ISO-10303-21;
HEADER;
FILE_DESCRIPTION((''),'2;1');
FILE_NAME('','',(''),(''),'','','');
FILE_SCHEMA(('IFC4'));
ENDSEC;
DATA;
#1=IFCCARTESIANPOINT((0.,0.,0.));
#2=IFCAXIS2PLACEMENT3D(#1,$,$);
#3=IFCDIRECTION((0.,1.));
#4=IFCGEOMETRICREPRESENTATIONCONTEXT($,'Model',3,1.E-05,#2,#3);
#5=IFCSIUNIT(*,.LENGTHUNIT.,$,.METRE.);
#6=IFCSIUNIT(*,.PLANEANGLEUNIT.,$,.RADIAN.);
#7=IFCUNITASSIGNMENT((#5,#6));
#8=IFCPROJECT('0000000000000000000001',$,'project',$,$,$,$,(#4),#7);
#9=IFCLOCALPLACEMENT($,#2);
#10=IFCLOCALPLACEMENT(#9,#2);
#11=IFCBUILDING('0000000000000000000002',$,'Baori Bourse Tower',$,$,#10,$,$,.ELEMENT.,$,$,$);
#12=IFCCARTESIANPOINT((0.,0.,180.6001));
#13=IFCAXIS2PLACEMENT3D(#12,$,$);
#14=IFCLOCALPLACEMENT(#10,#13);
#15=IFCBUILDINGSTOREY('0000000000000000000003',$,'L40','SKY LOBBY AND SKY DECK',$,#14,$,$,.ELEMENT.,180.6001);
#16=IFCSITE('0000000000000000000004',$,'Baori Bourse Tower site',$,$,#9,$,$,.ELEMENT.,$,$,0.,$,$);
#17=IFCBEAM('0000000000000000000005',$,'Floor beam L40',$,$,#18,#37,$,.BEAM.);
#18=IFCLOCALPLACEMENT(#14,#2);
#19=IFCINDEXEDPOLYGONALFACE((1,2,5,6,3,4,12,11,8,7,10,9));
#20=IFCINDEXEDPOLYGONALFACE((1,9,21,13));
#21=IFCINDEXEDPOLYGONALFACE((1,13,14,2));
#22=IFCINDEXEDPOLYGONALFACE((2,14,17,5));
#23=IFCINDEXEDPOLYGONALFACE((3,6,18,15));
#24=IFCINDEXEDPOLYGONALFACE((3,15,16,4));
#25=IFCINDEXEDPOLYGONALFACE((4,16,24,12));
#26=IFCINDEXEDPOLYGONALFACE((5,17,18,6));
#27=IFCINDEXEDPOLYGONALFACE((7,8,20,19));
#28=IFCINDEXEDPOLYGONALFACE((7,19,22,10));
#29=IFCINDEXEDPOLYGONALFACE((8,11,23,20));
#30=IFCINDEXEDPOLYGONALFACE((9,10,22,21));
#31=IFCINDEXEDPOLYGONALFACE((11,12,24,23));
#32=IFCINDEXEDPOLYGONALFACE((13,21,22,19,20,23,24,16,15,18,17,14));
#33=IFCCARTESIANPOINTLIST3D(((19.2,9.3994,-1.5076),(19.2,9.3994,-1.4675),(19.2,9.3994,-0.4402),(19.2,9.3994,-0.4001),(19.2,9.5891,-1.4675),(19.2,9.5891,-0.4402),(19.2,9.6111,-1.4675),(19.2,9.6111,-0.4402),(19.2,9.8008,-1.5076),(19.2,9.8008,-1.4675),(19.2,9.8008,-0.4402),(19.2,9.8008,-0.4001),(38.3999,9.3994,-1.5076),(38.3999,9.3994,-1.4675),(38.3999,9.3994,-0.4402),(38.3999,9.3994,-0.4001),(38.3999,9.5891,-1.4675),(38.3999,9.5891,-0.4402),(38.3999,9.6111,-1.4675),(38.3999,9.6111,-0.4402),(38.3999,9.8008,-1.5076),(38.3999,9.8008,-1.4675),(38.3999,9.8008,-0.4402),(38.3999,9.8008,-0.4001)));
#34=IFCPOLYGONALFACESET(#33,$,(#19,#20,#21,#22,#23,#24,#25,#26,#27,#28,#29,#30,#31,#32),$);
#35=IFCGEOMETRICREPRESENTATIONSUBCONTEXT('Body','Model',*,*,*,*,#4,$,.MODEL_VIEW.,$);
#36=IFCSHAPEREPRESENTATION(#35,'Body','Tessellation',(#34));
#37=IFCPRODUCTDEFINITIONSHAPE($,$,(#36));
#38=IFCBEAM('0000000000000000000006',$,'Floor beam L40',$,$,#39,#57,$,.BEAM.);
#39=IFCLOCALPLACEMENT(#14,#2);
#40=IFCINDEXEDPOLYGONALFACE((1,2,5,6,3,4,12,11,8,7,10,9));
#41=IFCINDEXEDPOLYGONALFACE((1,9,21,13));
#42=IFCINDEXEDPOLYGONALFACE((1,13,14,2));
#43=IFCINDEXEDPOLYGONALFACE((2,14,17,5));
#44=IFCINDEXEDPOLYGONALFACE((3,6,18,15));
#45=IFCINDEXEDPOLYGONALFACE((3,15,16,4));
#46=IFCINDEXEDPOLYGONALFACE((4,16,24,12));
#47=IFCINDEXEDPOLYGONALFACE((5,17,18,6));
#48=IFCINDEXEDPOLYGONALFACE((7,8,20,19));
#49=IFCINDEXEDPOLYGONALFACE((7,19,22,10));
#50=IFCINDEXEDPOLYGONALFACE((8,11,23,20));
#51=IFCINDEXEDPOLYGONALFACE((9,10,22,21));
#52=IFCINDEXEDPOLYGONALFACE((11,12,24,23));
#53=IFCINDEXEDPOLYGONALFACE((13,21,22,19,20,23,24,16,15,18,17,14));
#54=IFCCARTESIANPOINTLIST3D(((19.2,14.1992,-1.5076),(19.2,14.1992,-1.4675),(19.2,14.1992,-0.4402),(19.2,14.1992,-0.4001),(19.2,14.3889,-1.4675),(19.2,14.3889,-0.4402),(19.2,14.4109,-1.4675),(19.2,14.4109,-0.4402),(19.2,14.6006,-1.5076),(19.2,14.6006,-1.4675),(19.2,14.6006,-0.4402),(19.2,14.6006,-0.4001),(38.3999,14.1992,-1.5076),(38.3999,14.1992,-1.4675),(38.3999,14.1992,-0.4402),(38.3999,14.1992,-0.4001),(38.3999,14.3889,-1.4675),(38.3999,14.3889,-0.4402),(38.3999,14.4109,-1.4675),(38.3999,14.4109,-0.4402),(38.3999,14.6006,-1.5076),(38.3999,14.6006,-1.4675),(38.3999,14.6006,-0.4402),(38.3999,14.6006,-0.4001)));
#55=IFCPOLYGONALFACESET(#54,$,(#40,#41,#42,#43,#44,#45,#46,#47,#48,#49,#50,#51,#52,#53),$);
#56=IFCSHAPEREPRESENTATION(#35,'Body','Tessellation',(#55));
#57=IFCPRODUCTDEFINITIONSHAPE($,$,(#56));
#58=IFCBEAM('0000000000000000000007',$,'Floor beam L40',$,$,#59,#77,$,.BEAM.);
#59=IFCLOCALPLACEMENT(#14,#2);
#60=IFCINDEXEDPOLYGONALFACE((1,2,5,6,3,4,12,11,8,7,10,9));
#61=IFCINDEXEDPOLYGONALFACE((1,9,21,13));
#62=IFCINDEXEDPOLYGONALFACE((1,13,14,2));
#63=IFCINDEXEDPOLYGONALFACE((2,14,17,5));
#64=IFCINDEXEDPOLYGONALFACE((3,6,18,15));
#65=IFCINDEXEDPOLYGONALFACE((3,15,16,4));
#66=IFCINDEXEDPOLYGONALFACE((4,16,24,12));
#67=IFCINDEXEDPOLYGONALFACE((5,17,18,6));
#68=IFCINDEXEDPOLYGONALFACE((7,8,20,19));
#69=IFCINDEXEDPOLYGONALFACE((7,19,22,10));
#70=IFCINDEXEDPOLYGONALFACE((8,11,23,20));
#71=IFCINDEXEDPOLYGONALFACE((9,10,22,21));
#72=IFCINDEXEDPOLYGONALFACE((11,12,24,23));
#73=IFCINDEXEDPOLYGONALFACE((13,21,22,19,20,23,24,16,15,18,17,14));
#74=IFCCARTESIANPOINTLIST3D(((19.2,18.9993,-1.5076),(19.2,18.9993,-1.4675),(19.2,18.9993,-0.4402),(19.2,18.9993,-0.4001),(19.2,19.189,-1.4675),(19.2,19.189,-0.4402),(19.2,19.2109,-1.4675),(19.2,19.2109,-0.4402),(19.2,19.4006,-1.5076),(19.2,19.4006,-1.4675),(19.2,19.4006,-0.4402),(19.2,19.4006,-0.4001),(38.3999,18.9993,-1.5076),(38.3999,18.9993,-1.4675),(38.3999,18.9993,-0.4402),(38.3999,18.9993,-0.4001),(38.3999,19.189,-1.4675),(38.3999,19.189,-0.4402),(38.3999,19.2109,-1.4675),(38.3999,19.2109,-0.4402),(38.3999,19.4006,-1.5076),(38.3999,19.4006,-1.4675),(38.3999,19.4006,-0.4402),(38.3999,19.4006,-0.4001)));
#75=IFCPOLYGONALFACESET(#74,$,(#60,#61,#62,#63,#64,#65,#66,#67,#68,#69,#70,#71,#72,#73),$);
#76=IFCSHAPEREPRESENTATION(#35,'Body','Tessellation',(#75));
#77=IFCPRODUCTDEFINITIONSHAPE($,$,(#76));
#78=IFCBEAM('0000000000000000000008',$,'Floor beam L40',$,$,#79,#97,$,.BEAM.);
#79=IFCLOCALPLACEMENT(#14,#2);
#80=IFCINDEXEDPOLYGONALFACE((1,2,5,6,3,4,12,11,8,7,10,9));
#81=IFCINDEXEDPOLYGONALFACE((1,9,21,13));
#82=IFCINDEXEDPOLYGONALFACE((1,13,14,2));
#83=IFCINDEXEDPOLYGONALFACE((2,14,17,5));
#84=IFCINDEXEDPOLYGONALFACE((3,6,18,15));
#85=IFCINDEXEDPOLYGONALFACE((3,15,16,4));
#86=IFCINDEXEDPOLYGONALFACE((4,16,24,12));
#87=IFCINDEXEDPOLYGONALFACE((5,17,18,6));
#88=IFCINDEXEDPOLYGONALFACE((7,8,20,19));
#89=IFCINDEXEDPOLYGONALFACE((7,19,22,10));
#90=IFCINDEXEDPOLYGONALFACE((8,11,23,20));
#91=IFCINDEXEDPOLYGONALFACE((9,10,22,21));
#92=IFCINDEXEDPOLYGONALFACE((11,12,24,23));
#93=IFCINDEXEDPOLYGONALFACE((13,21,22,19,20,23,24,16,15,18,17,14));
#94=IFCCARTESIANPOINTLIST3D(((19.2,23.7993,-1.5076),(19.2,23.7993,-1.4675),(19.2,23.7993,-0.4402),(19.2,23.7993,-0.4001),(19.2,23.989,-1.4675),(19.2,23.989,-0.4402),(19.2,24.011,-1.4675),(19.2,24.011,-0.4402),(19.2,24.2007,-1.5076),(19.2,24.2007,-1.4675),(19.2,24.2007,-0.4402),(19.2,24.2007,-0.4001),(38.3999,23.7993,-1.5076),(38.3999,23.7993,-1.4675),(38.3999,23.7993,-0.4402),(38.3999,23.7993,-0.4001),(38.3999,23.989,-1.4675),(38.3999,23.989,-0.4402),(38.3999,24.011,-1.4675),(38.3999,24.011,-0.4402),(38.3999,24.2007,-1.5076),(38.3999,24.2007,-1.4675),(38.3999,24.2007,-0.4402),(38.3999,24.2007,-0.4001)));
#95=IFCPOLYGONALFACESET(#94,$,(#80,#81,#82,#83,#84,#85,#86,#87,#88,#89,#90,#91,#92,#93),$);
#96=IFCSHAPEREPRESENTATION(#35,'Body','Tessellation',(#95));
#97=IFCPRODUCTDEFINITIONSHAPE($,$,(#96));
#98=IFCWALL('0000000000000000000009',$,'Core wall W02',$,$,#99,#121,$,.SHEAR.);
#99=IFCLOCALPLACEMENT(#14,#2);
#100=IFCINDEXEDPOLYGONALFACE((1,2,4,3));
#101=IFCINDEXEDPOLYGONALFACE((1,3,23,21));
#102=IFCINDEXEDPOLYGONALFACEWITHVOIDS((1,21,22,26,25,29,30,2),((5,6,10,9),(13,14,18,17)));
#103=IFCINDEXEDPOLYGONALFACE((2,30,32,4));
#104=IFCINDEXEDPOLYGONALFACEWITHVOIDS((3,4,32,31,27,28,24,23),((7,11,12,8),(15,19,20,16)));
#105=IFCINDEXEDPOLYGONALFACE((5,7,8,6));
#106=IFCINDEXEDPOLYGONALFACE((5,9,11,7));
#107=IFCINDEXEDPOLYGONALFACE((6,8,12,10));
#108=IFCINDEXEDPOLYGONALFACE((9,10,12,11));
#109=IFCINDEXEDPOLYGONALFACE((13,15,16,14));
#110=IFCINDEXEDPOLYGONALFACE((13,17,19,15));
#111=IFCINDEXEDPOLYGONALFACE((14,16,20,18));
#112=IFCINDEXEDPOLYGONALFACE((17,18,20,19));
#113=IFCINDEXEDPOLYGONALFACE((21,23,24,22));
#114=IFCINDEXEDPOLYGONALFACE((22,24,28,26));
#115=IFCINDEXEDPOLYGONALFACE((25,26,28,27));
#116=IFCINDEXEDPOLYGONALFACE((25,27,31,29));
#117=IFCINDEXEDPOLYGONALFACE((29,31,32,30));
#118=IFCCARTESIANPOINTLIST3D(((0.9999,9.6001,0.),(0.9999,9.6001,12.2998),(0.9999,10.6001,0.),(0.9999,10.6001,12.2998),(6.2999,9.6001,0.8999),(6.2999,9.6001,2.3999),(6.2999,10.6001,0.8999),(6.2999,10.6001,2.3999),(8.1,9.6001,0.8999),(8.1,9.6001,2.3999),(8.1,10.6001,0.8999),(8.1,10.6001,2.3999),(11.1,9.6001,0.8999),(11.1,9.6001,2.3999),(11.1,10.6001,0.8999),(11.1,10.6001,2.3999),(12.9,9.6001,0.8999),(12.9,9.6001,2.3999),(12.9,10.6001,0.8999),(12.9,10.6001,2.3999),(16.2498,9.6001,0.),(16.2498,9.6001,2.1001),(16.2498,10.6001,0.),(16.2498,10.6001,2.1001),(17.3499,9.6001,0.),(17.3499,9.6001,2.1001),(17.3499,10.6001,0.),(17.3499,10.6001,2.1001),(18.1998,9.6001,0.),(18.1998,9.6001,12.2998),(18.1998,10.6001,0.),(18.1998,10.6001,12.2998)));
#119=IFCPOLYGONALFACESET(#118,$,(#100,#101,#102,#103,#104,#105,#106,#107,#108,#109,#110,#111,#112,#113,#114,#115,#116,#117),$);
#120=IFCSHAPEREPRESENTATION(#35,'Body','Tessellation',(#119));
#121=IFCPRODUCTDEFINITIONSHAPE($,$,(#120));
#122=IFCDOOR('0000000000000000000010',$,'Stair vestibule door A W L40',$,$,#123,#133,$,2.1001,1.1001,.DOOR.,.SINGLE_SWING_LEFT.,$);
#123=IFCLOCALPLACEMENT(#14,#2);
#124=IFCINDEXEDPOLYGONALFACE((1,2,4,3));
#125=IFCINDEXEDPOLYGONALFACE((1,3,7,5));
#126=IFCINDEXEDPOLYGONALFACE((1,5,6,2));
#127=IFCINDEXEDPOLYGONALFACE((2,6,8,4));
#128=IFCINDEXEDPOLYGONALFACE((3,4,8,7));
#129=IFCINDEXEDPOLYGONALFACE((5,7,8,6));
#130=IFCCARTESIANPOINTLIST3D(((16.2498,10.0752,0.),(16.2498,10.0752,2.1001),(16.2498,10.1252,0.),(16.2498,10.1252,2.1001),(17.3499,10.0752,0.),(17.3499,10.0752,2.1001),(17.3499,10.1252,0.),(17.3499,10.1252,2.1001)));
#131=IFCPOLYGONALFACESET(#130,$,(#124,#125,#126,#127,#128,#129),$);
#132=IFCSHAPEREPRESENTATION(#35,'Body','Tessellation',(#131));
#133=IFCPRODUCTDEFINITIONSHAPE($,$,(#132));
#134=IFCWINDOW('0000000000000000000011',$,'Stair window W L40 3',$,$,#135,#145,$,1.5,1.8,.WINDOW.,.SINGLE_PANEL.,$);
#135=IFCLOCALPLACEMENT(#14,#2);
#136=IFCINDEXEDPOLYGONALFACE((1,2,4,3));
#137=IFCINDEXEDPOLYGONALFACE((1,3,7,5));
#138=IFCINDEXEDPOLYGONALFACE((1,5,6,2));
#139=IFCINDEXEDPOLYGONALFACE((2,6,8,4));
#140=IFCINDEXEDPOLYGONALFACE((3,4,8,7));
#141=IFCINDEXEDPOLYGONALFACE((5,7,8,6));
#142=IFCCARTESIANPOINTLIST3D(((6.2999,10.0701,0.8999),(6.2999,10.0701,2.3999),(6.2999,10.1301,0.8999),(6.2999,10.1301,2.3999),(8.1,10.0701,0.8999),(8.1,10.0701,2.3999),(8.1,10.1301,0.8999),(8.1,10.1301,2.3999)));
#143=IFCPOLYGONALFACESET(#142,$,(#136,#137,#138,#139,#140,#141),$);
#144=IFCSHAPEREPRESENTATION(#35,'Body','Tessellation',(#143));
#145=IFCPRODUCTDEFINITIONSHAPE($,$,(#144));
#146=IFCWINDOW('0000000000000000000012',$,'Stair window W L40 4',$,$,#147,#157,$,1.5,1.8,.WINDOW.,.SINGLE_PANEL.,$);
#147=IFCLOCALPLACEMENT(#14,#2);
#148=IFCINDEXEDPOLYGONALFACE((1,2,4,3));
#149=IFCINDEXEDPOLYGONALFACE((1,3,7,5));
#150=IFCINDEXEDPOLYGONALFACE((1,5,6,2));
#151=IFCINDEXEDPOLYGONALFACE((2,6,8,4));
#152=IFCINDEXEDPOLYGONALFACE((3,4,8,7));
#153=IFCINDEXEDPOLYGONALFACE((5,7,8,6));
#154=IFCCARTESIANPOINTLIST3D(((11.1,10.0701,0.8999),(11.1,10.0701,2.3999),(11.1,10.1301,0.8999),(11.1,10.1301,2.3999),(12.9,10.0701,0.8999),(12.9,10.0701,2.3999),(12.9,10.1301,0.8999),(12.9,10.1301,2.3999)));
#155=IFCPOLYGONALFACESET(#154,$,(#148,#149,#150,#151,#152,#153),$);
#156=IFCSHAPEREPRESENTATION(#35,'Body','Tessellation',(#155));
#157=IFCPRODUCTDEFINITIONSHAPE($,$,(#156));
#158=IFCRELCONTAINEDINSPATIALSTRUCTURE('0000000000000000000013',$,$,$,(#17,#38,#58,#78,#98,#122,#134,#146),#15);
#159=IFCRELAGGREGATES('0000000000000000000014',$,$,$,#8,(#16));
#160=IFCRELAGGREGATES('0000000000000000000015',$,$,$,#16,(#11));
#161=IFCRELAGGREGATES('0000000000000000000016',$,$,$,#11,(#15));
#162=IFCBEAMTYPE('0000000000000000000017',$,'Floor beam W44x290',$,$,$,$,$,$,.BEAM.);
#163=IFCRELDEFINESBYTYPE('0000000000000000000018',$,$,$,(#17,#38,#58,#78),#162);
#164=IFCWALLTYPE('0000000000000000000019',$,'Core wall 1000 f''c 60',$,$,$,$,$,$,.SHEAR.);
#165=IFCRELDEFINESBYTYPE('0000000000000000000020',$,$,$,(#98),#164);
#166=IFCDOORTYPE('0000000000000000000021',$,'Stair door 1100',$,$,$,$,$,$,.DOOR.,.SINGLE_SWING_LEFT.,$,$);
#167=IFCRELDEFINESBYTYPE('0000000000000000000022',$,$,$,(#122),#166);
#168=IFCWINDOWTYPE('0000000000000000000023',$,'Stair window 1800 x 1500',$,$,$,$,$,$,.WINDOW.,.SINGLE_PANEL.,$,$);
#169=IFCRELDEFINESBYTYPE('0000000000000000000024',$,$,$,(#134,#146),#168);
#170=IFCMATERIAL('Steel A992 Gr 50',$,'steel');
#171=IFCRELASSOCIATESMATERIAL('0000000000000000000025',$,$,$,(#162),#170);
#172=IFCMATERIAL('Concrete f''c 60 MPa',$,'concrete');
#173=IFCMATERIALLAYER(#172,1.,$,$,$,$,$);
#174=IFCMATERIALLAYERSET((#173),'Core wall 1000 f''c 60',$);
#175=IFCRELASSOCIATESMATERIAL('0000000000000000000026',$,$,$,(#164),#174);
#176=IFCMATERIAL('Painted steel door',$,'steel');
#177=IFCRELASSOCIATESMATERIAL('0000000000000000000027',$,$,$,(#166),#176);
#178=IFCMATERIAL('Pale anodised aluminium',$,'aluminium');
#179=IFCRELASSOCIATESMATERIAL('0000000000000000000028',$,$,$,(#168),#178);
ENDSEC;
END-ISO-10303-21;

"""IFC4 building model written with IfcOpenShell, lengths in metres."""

from ifc_helpers import new_model, si_unit, direction, frame, frame_2d, origin, origin_2d, place, context, subcontext, project, spatial, rectangle, i_section, extrude, material, layer, layer_set, material_profile, profile_set, type_object, element, fill, save


model = new_model("IFC4")

# Units and contexts
model_context = context("Model", 3, precision=1e-05, world=origin(), true_north=direction((0.0, 1.0)))
body_context = subcontext(model_context, "Body", "Model", "MODEL_VIEW")
ifc_project = project(units=[si_unit("LENGTHUNIT", "METRE"), si_unit("PLANEANGLEUNIT", "RADIAN")], contexts=[model_context])

# Site, building, storey
site_placement = place(None, origin())
site = spatial("IfcSite", under=ifc_project, at=site_placement, Name="Baori Bourse Tower site", CompositionType="ELEMENT", RefElevation=0.0)
building_placement = place(site_placement, origin())
building = spatial("IfcBuilding", under=site, at=building_placement, Name="Baori Bourse Tower", CompositionType="ELEMENT")
storey_placement = place(building_placement, frame((0.0, 0.0, 180.6001)))
storey = spatial("IfcBuildingStorey", under=building, at=storey_placement, Name="L40", Description="SKY LOBBY AND SKY DECK", CompositionType="ELEMENT", Elevation=180.6001)

# Beams
ifc_material_1 = material(Name="Steel A992 Gr 50", Category="steel")
ifc_material_profile = material_profile(ifc_material_1, i_section(OverallWidth=0.4014, OverallDepth=1.1074, WebThickness=0.022, FlangeThickness=0.04, at=origin_2d()), Name="W44x290")
ifc_profile_set = profile_set([ifc_material_profile], Name="Steel A992 Gr 50")
beam_type = type_object("IfcBeamType", Name="Floor beam W44x290", PredefinedType="BEAM", material=ifc_profile_set)
for number, where, z_axis, x_axis, name in (
    (1, (19.2, 9.6001, -0.9539), (1.0, 0.0, 0.0), (0.0, 1.0, 0.0), "Floor beam L40"),
    (2, (19.2, 14.3999, -0.9539), (1.0, 0.0, 0.0), (0.0, 1.0, 0.0), "Floor beam L40"),
    (3, (19.2, 19.2, -0.9539), (1.0, 0.0, 0.0), (0.0, 1.0, 0.0), "Floor beam L40"),
    (4, (19.2, 24.0, -0.9539), (1.0, 0.0, 0.0), (0.0, 1.0, 0.0), "Floor beam L40"),
):
    element("IfcBeam", number, at=place(storey_placement, frame(where, z_axis=z_axis, x_axis=x_axis)), inside=storey, type_object=beam_type, Name=name, PredefinedType="BEAM", context=body_context, shape_type="SweptSolid", body=[
        extrude(i_section(OverallWidth=0.4014, OverallDepth=1.1074, WebThickness=0.022, FlangeThickness=0.04, at=origin_2d()), origin(), (0.0, 0.0, 1.0), 19.2),
    ])

# Wall, openings, door, windows
ifc_material_2 = material(Name="Concrete f'c 60 MPa", Category="concrete")
ifc_layer_1 = layer(ifc_material_2, 1.0)
ifc_layer_set_1 = layer_set([ifc_layer_1], Name="Core wall 1000 f'c 60")
wall_type_1 = type_object("IfcWallType", Name="Core wall 1000 f'c 60", PredefinedType="SHEAR", material=ifc_layer_set_1)
wall_1_placement = place(storey_placement, frame((18.2, 10.1001, 0.0), z_axis=(0.0, 0.0, 1.0), x_axis=(-1.0, 0.0, 0.0)))
wall_1 = element("IfcWall", 5, at=wall_1_placement, inside=storey, type_object=wall_type_1, Name="Core wall W02", PredefinedType="SHEAR", context=body_context, shape_type="SweptSolid", body=[
    extrude(rectangle(XDim=17.2, YDim=1.0, at=frame_2d((8.6001, 0.0))), origin(), (0.0, 0.0, 1.0), 12.2998),
])
opening_1_placement = place(wall_1_placement, frame((0.8501, 0.0, 0.0)))
opening_1 = element("IfcOpeningElement", 6, at=opening_1_placement, cuts=wall_1, PredefinedType="OPENING", context=body_context, shape_type="SweptSolid", body=[
    extrude(rectangle(XDim=1.1001, YDim=2.1001, at=frame_2d((0.55, 1.05))), frame((0.0, 0.51, 0.0), z_axis=(0.0, -1.0, 0.0), x_axis=(1.0, 0.0, 0.0)), (0.0, 0.0, 1.0), 1.02),
])
opening_2_placement = place(wall_1_placement, frame((10.1001, 0.0, 0.8999)))
opening_2 = element("IfcOpeningElement", 7, at=opening_2_placement, cuts=wall_1, PredefinedType="OPENING", context=body_context, shape_type="SweptSolid", body=[
    extrude(rectangle(XDim=1.8, YDim=1.5, at=frame_2d((0.8999, 0.75))), frame((0.0, 0.51, 0.0), z_axis=(0.0, -1.0, 0.0), x_axis=(1.0, 0.0, 0.0)), (0.0, 0.0, 1.0), 1.02),
])
opening_3_placement = place(wall_1_placement, frame((5.3, 0.0, 0.8999)))
opening_3 = element("IfcOpeningElement", 8, at=opening_3_placement, cuts=wall_1, PredefinedType="OPENING", context=body_context, shape_type="SweptSolid", body=[
    extrude(rectangle(XDim=1.8, YDim=1.5, at=frame_2d((0.8999, 0.75))), frame((0.0, 0.51, 0.0), z_axis=(0.0, -1.0, 0.0), x_axis=(1.0, 0.0, 0.0)), (0.0, 0.0, 1.0), 1.02),
])
ifc_material_3 = material(Name="Painted steel door", Category="steel")
door_type_1 = type_object("IfcDoorType", Name="Stair door 1100", OperationType="SINGLE_SWING_LEFT", PredefinedType="DOOR", material=ifc_material_3)
door_1_placement = place(opening_1_placement, origin())
door_1 = element("IfcDoor", 9, at=door_1_placement, inside=storey, type_object=door_type_1, Name="Stair vestibule door A W L40", OperationType="SINGLE_SWING_LEFT", OverallHeight=2.1001, OverallWidth=1.1001, PredefinedType="DOOR", context=body_context, shape_type="SweptSolid", body=[
    extrude(rectangle(XDim=1.1001, YDim=2.1001, at=frame_2d((0.55, 1.05))), frame((0.0, 0.0249, 0.0), z_axis=(0.0, -1.0, 0.0), x_axis=(1.0, 0.0, 0.0)), (0.0, 0.0, 1.0), 0.05),
])
fill(opening_1, door_1)
ifc_material_4 = material(Name="Pale anodised aluminium", Category="aluminium")
window_type = type_object("IfcWindowType", Name="Stair window 1800 x 1500", PartitioningType="SINGLE_PANEL", PredefinedType="WINDOW", material=ifc_material_4)
window_1_placement = place(opening_2_placement, origin())
window_1 = element("IfcWindow", 10, at=window_1_placement, inside=storey, type_object=window_type, Name="Stair window W L40 3", OverallHeight=1.5, OverallWidth=1.8, PartitioningType="SINGLE_PANEL", PredefinedType="WINDOW", context=body_context, shape_type="SweptSolid", body=[
    extrude(rectangle(XDim=1.8, YDim=1.5, at=frame_2d((0.8999, 0.75))), frame((0.0, 0.03, 0.0), z_axis=(0.0, -1.0, 0.0), x_axis=(1.0, 0.0, 0.0)), (0.0, 0.0, 1.0), 0.0601),
])
fill(opening_2, window_1)
window_2_placement = place(opening_3_placement, origin())
window_2 = element("IfcWindow", 11, at=window_2_placement, inside=storey, type_object=window_type, Name="Stair window W L40 4", OverallHeight=1.5, OverallWidth=1.8, PartitioningType="SINGLE_PANEL", PredefinedType="WINDOW", context=body_context, shape_type="SweptSolid", body=[
    extrude(rectangle(XDim=1.8, YDim=1.5, at=frame_2d((0.8999, 0.75))), frame((0.0, 0.03, 0.0), z_axis=(0.0, -1.0, 0.0), x_axis=(1.0, 0.0, 0.0)), (0.0, 0.0, 1.0), 0.0601),
])
fill(opening_3, window_2)

save(model, "model.ifc")
